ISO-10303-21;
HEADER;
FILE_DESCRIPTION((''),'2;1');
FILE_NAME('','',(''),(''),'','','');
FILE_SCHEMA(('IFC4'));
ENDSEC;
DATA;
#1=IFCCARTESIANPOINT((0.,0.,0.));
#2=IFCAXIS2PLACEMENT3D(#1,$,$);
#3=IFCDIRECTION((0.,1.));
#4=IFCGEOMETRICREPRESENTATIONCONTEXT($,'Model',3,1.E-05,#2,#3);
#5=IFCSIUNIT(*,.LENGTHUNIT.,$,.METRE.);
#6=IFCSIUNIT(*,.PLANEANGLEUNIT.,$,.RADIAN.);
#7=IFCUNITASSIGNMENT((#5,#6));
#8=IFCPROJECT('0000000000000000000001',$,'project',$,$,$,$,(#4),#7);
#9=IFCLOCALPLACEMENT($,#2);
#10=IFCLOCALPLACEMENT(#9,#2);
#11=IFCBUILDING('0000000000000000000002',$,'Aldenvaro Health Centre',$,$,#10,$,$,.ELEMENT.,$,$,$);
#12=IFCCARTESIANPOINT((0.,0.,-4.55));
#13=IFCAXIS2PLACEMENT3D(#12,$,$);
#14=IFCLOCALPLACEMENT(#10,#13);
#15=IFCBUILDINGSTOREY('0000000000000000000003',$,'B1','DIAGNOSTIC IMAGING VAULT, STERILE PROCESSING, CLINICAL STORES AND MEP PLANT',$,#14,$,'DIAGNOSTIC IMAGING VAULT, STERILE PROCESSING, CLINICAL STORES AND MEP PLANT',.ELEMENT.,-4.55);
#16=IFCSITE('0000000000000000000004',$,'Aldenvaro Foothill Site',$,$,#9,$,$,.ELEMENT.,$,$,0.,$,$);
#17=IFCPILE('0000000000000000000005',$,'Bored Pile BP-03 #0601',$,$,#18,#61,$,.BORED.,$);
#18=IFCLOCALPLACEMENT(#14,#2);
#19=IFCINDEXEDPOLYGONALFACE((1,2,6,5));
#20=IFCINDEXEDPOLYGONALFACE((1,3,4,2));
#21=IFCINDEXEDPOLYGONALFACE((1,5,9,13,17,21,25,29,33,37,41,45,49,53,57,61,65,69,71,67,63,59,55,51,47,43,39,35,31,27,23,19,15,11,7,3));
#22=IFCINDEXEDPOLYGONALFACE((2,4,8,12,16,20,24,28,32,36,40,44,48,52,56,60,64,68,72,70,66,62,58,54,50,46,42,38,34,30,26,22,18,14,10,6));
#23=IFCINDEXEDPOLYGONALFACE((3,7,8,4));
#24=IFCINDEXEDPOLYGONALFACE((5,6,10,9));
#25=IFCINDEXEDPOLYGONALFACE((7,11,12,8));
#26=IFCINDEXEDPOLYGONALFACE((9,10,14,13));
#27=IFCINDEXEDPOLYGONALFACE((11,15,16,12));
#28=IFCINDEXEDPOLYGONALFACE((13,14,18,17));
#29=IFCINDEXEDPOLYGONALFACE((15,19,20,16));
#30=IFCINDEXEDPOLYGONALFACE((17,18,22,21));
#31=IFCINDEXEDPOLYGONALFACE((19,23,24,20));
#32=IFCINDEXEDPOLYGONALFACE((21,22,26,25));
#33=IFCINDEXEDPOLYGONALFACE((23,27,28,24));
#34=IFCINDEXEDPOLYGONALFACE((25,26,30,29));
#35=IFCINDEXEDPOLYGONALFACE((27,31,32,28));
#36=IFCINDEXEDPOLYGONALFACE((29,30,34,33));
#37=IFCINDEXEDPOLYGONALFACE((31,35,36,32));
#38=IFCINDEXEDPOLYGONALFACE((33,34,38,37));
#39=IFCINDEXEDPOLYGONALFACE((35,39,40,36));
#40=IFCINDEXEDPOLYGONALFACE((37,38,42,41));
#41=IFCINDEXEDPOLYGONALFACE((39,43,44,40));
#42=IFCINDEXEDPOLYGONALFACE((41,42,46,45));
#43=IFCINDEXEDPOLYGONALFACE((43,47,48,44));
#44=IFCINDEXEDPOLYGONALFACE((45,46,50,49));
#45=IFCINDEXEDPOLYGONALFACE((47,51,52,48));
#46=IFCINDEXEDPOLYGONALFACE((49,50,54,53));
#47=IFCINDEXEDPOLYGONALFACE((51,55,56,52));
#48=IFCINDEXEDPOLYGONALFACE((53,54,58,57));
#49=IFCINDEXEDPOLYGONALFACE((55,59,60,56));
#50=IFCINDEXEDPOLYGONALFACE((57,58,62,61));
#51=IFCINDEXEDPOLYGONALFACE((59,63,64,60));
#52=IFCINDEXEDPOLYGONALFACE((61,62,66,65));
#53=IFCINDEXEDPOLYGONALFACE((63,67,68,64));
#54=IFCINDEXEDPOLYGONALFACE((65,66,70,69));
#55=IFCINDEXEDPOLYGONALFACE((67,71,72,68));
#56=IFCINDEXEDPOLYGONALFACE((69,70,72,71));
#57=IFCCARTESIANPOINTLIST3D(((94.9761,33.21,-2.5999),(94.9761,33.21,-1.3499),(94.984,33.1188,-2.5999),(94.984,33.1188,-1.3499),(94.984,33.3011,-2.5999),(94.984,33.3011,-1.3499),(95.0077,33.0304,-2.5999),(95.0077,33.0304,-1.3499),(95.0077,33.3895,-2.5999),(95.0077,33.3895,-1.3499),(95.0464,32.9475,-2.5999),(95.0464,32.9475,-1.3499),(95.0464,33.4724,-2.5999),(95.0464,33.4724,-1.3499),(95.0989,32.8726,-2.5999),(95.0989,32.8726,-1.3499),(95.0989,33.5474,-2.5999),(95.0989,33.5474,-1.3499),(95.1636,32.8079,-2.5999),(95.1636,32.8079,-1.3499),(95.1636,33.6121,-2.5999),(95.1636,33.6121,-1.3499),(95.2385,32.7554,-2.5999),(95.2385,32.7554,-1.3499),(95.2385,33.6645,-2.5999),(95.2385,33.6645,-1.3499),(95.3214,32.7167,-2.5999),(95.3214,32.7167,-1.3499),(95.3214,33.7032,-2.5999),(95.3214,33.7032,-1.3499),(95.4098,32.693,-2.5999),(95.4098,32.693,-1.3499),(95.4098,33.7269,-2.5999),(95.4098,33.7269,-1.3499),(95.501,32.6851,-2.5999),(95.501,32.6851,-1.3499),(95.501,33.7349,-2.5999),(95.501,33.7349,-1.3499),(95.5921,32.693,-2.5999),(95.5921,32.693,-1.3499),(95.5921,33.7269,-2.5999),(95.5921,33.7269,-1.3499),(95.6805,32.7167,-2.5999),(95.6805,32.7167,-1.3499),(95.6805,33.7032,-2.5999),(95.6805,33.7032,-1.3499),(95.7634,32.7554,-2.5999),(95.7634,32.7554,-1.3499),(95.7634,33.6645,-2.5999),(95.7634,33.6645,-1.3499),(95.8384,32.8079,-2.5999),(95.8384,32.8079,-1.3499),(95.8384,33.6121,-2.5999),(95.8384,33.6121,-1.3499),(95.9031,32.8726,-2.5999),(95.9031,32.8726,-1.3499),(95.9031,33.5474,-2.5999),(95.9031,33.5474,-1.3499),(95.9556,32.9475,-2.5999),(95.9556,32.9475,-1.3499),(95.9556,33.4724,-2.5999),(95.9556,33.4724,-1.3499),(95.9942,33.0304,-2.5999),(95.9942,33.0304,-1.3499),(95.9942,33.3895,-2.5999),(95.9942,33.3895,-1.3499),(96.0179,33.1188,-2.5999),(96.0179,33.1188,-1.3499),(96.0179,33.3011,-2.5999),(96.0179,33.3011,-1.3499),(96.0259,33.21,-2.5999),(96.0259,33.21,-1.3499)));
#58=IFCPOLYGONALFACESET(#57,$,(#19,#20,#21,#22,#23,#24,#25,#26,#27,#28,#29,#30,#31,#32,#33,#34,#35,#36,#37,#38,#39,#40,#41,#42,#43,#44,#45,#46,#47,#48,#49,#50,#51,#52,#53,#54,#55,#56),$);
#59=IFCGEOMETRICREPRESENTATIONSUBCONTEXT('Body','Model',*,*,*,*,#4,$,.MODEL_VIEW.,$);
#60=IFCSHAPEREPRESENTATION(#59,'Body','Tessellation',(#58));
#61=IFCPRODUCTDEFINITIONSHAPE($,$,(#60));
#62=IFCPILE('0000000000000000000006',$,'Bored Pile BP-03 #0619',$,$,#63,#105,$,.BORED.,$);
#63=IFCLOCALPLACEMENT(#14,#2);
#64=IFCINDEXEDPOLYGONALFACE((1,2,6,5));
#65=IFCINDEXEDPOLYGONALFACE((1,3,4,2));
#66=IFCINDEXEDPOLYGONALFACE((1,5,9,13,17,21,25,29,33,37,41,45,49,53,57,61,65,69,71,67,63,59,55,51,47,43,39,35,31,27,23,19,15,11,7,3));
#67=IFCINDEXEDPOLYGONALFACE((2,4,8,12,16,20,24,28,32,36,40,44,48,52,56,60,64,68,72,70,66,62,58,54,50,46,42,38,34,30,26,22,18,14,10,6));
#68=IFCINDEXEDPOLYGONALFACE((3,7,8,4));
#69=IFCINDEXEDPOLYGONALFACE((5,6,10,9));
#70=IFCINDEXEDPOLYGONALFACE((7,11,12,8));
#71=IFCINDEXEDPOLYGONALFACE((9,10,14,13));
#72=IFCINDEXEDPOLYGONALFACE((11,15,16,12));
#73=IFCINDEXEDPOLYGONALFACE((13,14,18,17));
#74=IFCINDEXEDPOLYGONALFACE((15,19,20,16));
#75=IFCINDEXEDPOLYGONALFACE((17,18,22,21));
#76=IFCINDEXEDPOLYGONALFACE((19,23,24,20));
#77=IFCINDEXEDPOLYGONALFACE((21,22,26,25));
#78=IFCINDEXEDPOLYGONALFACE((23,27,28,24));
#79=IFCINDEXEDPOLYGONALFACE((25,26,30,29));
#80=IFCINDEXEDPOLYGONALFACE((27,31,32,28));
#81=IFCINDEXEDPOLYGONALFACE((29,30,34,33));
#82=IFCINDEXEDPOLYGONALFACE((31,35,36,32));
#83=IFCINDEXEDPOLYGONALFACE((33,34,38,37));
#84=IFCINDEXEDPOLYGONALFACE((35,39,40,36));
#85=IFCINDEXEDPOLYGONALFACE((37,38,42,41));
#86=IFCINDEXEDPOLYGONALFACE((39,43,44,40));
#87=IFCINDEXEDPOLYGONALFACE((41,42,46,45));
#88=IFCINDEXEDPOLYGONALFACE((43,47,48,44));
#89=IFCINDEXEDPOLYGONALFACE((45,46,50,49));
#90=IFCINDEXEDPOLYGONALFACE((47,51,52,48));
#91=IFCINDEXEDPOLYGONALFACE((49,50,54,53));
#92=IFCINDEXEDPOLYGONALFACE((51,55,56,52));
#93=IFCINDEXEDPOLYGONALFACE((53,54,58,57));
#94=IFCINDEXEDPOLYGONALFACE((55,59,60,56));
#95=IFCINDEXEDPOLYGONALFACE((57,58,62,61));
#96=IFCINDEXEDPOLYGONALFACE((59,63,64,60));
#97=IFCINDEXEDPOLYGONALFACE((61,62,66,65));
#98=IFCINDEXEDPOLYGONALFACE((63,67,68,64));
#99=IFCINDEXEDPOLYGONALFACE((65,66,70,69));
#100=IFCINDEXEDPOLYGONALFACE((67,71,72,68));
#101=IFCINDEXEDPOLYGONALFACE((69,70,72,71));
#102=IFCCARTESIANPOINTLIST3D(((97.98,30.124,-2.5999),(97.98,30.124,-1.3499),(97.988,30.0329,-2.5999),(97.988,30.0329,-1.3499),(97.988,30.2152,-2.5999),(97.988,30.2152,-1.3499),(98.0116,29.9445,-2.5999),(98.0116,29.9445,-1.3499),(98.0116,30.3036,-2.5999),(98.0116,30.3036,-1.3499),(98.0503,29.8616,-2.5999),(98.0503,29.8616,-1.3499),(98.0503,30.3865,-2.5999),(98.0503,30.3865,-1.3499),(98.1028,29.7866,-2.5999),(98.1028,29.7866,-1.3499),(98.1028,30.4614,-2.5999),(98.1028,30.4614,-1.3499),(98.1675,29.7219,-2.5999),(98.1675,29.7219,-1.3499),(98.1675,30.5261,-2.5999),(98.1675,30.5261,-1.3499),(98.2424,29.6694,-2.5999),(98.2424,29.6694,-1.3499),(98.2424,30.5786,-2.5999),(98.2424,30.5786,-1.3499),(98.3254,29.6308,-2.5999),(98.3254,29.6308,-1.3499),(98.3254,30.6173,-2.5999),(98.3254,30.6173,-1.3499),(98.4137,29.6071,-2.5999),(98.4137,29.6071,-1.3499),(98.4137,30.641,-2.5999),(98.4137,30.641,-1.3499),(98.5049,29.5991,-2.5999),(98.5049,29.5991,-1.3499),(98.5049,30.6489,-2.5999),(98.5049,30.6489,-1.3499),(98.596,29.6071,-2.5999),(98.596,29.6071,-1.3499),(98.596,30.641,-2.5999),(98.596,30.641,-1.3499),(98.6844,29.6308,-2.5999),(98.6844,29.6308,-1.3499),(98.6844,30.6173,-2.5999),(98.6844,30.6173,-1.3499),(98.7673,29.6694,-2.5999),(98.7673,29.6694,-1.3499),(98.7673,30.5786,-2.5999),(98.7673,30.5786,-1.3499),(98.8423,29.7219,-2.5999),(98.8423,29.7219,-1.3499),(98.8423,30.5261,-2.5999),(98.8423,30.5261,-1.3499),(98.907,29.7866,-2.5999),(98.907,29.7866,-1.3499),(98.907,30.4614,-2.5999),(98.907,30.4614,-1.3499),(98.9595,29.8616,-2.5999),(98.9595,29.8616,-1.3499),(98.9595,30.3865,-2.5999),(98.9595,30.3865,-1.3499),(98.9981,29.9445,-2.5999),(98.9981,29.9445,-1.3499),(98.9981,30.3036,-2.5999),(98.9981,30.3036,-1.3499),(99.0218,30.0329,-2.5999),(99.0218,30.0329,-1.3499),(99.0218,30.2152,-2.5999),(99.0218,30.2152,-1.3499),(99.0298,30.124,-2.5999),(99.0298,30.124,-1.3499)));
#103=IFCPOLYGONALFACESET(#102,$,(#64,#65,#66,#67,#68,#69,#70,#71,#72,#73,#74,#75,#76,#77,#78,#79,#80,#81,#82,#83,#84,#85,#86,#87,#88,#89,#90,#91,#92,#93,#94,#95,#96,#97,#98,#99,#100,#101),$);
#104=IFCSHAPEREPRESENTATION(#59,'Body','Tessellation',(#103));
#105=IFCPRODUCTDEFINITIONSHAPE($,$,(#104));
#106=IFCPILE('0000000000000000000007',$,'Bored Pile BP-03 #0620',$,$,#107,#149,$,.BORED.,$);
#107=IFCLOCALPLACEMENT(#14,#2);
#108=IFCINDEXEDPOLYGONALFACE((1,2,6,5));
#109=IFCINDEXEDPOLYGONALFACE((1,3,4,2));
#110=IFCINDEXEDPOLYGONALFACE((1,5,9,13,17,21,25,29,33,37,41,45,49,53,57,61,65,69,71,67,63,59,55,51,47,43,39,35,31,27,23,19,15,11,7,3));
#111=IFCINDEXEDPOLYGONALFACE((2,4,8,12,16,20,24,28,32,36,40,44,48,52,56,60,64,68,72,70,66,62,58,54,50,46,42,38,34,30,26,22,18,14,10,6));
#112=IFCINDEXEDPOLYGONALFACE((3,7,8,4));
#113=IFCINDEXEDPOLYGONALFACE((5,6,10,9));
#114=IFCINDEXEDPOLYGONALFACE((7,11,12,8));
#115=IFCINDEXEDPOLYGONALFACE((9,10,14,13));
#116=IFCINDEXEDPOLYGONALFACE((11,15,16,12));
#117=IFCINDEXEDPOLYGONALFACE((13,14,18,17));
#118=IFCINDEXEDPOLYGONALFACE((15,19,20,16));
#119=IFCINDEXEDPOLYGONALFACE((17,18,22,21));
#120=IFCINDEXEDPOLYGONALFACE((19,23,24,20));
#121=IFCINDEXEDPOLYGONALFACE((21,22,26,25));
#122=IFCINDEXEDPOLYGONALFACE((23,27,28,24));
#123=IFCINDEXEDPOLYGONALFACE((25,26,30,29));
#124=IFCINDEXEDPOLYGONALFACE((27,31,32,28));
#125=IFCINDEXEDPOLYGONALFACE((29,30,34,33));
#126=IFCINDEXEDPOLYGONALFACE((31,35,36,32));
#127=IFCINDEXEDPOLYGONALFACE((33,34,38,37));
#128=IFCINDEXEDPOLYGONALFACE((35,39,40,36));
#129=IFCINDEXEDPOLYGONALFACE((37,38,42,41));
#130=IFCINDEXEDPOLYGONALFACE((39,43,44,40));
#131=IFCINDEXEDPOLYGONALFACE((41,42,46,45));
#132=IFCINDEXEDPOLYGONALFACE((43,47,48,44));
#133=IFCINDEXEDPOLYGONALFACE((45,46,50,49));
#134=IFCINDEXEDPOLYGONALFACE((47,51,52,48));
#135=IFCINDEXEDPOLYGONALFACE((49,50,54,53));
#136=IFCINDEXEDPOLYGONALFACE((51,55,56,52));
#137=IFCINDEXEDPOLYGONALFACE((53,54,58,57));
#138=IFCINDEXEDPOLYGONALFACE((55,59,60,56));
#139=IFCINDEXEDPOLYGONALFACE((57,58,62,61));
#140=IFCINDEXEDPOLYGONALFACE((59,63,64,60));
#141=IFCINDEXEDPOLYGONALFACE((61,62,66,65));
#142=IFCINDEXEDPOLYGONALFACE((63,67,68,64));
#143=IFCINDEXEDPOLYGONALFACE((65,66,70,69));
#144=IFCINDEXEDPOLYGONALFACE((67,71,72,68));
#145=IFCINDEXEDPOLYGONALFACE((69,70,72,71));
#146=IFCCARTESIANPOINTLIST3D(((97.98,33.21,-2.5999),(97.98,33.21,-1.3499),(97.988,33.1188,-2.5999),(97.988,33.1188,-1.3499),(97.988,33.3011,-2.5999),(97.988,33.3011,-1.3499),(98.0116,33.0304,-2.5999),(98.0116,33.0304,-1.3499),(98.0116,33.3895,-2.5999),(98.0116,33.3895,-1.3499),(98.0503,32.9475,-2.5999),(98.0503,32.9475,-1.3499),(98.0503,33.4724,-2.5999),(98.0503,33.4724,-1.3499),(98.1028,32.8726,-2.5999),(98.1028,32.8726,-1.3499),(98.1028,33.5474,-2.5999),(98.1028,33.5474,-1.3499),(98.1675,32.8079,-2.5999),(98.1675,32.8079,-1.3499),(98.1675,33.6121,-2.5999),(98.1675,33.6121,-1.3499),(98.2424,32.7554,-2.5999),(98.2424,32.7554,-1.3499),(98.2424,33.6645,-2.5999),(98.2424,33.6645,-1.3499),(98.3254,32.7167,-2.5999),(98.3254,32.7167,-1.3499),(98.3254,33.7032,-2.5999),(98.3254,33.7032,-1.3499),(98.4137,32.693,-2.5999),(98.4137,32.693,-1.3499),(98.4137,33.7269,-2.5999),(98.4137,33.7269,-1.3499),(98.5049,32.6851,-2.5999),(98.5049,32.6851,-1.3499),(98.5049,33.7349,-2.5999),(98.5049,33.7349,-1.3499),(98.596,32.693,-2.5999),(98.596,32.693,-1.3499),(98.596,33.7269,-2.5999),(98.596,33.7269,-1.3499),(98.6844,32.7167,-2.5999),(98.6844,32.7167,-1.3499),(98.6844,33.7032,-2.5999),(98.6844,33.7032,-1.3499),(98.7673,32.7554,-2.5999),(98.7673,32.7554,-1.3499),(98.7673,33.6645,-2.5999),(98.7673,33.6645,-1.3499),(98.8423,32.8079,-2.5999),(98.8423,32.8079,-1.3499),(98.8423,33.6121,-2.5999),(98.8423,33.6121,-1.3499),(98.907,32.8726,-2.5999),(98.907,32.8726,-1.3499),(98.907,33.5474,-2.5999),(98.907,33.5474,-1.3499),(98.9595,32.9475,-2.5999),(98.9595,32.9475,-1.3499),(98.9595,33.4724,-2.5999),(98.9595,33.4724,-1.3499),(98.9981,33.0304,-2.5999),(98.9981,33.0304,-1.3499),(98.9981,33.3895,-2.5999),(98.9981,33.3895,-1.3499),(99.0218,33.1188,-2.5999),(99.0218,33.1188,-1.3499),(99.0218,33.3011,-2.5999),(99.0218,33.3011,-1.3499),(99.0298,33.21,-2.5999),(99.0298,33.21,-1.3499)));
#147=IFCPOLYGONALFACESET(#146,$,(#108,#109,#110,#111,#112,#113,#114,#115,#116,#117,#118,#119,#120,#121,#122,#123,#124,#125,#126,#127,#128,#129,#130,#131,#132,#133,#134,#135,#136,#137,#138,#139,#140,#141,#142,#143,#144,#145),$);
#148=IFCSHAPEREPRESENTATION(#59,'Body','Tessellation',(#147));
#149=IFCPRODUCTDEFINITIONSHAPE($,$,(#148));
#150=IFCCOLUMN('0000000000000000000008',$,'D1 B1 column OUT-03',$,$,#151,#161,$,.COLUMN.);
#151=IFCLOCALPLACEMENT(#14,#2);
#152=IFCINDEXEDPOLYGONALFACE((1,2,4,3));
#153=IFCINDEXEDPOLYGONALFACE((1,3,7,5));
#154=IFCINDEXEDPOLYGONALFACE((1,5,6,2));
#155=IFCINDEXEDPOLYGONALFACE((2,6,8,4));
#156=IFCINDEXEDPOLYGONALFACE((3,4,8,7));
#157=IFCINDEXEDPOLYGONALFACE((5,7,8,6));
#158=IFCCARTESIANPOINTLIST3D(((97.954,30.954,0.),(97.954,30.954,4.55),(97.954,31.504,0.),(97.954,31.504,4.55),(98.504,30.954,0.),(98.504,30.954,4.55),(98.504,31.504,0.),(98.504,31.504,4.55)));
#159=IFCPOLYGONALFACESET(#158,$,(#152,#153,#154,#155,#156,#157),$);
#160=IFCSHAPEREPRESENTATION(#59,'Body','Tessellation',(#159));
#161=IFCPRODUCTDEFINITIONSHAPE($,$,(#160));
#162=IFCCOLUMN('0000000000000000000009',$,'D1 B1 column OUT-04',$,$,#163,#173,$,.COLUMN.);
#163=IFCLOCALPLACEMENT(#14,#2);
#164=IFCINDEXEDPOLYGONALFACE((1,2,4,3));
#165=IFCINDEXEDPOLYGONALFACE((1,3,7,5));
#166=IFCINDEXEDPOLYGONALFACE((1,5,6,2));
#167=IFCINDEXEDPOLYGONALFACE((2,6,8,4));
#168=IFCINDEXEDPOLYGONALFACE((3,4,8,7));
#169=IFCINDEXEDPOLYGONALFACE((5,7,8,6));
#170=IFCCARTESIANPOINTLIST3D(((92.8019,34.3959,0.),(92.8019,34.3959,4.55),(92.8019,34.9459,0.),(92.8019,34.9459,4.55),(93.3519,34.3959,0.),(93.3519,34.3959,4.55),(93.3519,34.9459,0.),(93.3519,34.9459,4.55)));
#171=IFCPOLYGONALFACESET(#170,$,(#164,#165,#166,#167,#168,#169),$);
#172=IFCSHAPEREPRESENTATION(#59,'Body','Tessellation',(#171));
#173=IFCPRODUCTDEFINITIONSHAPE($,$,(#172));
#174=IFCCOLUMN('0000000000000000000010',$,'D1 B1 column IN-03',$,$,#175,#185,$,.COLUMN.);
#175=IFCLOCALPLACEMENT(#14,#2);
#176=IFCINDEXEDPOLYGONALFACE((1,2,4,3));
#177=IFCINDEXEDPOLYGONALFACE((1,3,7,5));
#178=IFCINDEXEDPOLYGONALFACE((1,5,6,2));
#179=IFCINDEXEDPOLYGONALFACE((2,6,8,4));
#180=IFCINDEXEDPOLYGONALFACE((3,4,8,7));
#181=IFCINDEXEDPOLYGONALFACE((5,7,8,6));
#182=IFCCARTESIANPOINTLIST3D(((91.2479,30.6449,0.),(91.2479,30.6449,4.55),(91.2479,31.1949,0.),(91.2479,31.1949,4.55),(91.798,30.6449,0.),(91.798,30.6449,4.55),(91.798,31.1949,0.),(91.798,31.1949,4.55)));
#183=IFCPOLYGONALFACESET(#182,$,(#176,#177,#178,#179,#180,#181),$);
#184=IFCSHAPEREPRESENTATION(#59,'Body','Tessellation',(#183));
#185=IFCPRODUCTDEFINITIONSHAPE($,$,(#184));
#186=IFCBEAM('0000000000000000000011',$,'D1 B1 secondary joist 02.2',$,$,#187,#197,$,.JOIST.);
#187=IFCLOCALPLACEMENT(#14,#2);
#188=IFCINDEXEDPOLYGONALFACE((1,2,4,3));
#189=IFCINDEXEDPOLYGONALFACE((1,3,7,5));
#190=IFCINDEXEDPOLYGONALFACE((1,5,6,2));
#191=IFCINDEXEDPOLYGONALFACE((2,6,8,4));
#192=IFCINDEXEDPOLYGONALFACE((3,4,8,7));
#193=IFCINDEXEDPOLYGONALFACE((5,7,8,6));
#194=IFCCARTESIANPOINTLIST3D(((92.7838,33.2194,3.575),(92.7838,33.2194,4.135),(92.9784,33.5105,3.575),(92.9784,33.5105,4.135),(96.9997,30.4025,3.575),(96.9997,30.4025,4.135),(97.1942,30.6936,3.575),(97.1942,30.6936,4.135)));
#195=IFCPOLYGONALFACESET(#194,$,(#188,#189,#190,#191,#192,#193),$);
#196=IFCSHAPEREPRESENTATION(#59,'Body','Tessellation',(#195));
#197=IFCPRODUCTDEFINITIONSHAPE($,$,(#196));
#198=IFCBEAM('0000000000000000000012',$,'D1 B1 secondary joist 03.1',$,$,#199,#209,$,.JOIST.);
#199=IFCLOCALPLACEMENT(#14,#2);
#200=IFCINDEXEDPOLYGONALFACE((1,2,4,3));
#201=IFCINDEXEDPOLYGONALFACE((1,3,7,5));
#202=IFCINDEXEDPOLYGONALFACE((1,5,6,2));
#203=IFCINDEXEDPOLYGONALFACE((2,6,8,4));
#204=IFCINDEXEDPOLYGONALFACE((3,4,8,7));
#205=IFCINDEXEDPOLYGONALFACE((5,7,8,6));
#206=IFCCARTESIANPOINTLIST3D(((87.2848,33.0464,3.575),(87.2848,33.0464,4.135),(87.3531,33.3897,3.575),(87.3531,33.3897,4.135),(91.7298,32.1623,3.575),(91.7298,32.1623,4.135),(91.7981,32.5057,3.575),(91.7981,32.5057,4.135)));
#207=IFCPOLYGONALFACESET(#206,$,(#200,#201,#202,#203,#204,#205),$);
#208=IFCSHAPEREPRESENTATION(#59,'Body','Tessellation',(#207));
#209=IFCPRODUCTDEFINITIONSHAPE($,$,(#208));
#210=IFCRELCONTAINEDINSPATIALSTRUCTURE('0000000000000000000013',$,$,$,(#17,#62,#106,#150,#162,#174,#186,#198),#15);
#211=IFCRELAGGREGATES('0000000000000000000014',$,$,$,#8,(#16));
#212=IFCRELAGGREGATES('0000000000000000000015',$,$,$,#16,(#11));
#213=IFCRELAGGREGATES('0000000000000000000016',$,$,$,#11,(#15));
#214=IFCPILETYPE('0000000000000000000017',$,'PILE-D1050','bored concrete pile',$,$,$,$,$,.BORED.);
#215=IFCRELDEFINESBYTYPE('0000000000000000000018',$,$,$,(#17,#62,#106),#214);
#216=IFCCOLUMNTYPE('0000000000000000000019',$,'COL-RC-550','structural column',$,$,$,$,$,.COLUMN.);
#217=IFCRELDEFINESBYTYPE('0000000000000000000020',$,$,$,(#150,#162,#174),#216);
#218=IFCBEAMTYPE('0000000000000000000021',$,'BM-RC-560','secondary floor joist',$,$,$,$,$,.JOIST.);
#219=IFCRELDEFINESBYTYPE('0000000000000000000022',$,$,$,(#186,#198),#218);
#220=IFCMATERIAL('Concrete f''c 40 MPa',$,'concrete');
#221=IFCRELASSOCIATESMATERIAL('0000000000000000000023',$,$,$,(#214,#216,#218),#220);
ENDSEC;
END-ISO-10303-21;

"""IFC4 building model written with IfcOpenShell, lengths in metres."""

from ifc_helpers import new_model, si_unit, direction, frame, origin, origin_2d, place, context, subcontext, project, spatial, rectangle, circle, extrude, material, material_profile, profile_set, type_object, element, save


model = new_model("IFC4")

# Units and contexts
model_context = context("Model", 3, precision=1e-05, world=origin(), true_north=direction((0.0, 1.0)))
body_context = subcontext(model_context, "Body", "Model", "MODEL_VIEW")
ifc_project = project(units=[si_unit("LENGTHUNIT", "METRE"), si_unit("PLANEANGLEUNIT", "RADIAN")], contexts=[model_context])

# Site, building, storey
site_placement = place(None, origin())
site = spatial("IfcSite", under=ifc_project, at=site_placement, Name="Aldenvaro Foothill Site", CompositionType="ELEMENT", RefElevation=0.0)
building_placement = place(site_placement, origin())
building = spatial("IfcBuilding", under=site, at=building_placement, Name="Aldenvaro Health Centre", CompositionType="ELEMENT")
storey_placement = place(building_placement, frame((0.0, 0.0, -4.55)))
storey = spatial("IfcBuildingStorey", under=building, at=storey_placement, Name="B1", Description="DIAGNOSTIC IMAGING VAULT, STERILE PROCESSING, CLINICAL STORES AND MEP PLANT", LongName="DIAGNOSTIC IMAGING VAULT, STERILE PROCESSING, CLINICAL STORES AND MEP PLANT", CompositionType="ELEMENT", Elevation=-4.55)

# Piles
ifc_material_1 = material(Name="Concrete f'c 40 MPa", Category="concrete")
ifc_material_profile_1 = material_profile(ifc_material_1, circle(Radius=0.5249, at=origin_2d()), Name="PILE D1050", Category="concrete")
ifc_profile_set_1 = profile_set([ifc_material_profile_1], Name="Concrete f'c 40 MPa")
pile_type = type_object("IfcPileType", Name="PILE-D1050", Description="bored concrete pile", PredefinedType="BORED", material=ifc_profile_set_1)
for number, where, z_axis, x_axis, name in (
    (1, (95.501, 33.21, -1.3499), (0.0, 0.0, -1.0), (1.0, 0.0, 0.0), "Bored Pile BP-03 #0601"),
    (2, (98.5049, 30.124, -1.3499), (0.0, 0.0, -1.0), (1.0, 0.0, 0.0), "Bored Pile BP-03 #0619"),
    (3, (98.5049, 33.21, -1.3499), (0.0, 0.0, -1.0), (1.0, 0.0, 0.0), "Bored Pile BP-03 #0620"),
):
    element("IfcPile", number, at=place(storey_placement, frame(where, z_axis=z_axis, x_axis=x_axis)), inside=storey, type_object=pile_type, Name=name, PredefinedType="BORED", context=body_context, shape_type="SweptSolid", body=[
        extrude(circle(Radius=0.5249, at=origin_2d()), origin(), (0.0, 0.0, 1.0), 1.25),
    ])

# Columns
ifc_material_profile_2 = material_profile(ifc_material_1, rectangle(XDim=0.55, YDim=0.55, at=origin_2d()), Name="RC 550x550", Category="concrete")
ifc_profile_set_2 = profile_set([ifc_material_profile_2], Name="Concrete f'c 40 MPa")
column_type = type_object("IfcColumnType", Name="COL-RC-550", Description="structural column", PredefinedType="COLUMN", material=ifc_profile_set_2)
for number, where, z_axis, x_axis, name in (
    (4, (98.229, 31.229, 0.0), (0.0, 0.0, 1.0), (1.0, 0.0, 0.0), "D1 B1 column OUT-03"),
    (5, (93.0769, 34.6709, 0.0), (0.0, 0.0, 1.0), (1.0, 0.0, 0.0), "D1 B1 column OUT-04"),
    (6, (91.5229, 30.9199, 0.0), (0.0, 0.0, 1.0), (1.0, 0.0, 0.0), "D1 B1 column IN-03"),
):
    element("IfcColumn", number, at=place(storey_placement, frame(where, z_axis=z_axis, x_axis=x_axis)), inside=storey, type_object=column_type, Name=name, PredefinedType="COLUMN", context=body_context, shape_type="SweptSolid", body=[
        extrude(rectangle(XDim=0.55, YDim=0.55, at=origin_2d()), origin(), (0.0, 0.0, 1.0), 4.55),
    ])

# Beams
ifc_material_profile_3 = material_profile(ifc_material_1, rectangle(XDim=0.3501, YDim=0.5601, at=origin_2d()), Name="RC 350x560", Category="concrete")
ifc_profile_set_3 = profile_set([ifc_material_profile_3], Name="Concrete f'c 40 MPa")
beam_type_1 = type_object("IfcBeamType", Name="BM-RC-560", Description="secondary floor joist", PredefinedType="JOIST", material=ifc_profile_set_3)
beam_1_placement = place(storey_placement, frame((97.0969, 30.5481, 3.855), z_axis=(-0.831472, 0.555567, 0.0), x_axis=(-0.555567, -0.831472, 0.0)))
element("IfcBeam", 7, at=beam_1_placement, inside=storey, type_object=beam_type_1, Name="D1 B1 secondary joist 02.2", PredefinedType="JOIST", context=body_context, shape_type="SweptSolid", body=[
    extrude(rectangle(XDim=0.3501, YDim=0.5601, at=origin_2d()), origin(), (0.0, 0.0, 1.0), 5.0703),
])
beam_2_placement = place(storey_placement, frame((91.7639, 32.334, 3.855), z_axis=(-0.980789, 0.19507, 0.0), x_axis=(-0.19507, -0.980789, 0.0)))
element("IfcBeam", 8, at=beam_2_placement, inside=storey, type_object=beam_type_1, Name="D1 B1 secondary joist 03.1", PredefinedType="JOIST", context=body_context, shape_type="SweptSolid", body=[
    extrude(rectangle(XDim=0.3501, YDim=0.5601, at=origin_2d()), origin(), (0.0, 0.0, 1.0), 4.532),
])

save(model, "model.ifc")
